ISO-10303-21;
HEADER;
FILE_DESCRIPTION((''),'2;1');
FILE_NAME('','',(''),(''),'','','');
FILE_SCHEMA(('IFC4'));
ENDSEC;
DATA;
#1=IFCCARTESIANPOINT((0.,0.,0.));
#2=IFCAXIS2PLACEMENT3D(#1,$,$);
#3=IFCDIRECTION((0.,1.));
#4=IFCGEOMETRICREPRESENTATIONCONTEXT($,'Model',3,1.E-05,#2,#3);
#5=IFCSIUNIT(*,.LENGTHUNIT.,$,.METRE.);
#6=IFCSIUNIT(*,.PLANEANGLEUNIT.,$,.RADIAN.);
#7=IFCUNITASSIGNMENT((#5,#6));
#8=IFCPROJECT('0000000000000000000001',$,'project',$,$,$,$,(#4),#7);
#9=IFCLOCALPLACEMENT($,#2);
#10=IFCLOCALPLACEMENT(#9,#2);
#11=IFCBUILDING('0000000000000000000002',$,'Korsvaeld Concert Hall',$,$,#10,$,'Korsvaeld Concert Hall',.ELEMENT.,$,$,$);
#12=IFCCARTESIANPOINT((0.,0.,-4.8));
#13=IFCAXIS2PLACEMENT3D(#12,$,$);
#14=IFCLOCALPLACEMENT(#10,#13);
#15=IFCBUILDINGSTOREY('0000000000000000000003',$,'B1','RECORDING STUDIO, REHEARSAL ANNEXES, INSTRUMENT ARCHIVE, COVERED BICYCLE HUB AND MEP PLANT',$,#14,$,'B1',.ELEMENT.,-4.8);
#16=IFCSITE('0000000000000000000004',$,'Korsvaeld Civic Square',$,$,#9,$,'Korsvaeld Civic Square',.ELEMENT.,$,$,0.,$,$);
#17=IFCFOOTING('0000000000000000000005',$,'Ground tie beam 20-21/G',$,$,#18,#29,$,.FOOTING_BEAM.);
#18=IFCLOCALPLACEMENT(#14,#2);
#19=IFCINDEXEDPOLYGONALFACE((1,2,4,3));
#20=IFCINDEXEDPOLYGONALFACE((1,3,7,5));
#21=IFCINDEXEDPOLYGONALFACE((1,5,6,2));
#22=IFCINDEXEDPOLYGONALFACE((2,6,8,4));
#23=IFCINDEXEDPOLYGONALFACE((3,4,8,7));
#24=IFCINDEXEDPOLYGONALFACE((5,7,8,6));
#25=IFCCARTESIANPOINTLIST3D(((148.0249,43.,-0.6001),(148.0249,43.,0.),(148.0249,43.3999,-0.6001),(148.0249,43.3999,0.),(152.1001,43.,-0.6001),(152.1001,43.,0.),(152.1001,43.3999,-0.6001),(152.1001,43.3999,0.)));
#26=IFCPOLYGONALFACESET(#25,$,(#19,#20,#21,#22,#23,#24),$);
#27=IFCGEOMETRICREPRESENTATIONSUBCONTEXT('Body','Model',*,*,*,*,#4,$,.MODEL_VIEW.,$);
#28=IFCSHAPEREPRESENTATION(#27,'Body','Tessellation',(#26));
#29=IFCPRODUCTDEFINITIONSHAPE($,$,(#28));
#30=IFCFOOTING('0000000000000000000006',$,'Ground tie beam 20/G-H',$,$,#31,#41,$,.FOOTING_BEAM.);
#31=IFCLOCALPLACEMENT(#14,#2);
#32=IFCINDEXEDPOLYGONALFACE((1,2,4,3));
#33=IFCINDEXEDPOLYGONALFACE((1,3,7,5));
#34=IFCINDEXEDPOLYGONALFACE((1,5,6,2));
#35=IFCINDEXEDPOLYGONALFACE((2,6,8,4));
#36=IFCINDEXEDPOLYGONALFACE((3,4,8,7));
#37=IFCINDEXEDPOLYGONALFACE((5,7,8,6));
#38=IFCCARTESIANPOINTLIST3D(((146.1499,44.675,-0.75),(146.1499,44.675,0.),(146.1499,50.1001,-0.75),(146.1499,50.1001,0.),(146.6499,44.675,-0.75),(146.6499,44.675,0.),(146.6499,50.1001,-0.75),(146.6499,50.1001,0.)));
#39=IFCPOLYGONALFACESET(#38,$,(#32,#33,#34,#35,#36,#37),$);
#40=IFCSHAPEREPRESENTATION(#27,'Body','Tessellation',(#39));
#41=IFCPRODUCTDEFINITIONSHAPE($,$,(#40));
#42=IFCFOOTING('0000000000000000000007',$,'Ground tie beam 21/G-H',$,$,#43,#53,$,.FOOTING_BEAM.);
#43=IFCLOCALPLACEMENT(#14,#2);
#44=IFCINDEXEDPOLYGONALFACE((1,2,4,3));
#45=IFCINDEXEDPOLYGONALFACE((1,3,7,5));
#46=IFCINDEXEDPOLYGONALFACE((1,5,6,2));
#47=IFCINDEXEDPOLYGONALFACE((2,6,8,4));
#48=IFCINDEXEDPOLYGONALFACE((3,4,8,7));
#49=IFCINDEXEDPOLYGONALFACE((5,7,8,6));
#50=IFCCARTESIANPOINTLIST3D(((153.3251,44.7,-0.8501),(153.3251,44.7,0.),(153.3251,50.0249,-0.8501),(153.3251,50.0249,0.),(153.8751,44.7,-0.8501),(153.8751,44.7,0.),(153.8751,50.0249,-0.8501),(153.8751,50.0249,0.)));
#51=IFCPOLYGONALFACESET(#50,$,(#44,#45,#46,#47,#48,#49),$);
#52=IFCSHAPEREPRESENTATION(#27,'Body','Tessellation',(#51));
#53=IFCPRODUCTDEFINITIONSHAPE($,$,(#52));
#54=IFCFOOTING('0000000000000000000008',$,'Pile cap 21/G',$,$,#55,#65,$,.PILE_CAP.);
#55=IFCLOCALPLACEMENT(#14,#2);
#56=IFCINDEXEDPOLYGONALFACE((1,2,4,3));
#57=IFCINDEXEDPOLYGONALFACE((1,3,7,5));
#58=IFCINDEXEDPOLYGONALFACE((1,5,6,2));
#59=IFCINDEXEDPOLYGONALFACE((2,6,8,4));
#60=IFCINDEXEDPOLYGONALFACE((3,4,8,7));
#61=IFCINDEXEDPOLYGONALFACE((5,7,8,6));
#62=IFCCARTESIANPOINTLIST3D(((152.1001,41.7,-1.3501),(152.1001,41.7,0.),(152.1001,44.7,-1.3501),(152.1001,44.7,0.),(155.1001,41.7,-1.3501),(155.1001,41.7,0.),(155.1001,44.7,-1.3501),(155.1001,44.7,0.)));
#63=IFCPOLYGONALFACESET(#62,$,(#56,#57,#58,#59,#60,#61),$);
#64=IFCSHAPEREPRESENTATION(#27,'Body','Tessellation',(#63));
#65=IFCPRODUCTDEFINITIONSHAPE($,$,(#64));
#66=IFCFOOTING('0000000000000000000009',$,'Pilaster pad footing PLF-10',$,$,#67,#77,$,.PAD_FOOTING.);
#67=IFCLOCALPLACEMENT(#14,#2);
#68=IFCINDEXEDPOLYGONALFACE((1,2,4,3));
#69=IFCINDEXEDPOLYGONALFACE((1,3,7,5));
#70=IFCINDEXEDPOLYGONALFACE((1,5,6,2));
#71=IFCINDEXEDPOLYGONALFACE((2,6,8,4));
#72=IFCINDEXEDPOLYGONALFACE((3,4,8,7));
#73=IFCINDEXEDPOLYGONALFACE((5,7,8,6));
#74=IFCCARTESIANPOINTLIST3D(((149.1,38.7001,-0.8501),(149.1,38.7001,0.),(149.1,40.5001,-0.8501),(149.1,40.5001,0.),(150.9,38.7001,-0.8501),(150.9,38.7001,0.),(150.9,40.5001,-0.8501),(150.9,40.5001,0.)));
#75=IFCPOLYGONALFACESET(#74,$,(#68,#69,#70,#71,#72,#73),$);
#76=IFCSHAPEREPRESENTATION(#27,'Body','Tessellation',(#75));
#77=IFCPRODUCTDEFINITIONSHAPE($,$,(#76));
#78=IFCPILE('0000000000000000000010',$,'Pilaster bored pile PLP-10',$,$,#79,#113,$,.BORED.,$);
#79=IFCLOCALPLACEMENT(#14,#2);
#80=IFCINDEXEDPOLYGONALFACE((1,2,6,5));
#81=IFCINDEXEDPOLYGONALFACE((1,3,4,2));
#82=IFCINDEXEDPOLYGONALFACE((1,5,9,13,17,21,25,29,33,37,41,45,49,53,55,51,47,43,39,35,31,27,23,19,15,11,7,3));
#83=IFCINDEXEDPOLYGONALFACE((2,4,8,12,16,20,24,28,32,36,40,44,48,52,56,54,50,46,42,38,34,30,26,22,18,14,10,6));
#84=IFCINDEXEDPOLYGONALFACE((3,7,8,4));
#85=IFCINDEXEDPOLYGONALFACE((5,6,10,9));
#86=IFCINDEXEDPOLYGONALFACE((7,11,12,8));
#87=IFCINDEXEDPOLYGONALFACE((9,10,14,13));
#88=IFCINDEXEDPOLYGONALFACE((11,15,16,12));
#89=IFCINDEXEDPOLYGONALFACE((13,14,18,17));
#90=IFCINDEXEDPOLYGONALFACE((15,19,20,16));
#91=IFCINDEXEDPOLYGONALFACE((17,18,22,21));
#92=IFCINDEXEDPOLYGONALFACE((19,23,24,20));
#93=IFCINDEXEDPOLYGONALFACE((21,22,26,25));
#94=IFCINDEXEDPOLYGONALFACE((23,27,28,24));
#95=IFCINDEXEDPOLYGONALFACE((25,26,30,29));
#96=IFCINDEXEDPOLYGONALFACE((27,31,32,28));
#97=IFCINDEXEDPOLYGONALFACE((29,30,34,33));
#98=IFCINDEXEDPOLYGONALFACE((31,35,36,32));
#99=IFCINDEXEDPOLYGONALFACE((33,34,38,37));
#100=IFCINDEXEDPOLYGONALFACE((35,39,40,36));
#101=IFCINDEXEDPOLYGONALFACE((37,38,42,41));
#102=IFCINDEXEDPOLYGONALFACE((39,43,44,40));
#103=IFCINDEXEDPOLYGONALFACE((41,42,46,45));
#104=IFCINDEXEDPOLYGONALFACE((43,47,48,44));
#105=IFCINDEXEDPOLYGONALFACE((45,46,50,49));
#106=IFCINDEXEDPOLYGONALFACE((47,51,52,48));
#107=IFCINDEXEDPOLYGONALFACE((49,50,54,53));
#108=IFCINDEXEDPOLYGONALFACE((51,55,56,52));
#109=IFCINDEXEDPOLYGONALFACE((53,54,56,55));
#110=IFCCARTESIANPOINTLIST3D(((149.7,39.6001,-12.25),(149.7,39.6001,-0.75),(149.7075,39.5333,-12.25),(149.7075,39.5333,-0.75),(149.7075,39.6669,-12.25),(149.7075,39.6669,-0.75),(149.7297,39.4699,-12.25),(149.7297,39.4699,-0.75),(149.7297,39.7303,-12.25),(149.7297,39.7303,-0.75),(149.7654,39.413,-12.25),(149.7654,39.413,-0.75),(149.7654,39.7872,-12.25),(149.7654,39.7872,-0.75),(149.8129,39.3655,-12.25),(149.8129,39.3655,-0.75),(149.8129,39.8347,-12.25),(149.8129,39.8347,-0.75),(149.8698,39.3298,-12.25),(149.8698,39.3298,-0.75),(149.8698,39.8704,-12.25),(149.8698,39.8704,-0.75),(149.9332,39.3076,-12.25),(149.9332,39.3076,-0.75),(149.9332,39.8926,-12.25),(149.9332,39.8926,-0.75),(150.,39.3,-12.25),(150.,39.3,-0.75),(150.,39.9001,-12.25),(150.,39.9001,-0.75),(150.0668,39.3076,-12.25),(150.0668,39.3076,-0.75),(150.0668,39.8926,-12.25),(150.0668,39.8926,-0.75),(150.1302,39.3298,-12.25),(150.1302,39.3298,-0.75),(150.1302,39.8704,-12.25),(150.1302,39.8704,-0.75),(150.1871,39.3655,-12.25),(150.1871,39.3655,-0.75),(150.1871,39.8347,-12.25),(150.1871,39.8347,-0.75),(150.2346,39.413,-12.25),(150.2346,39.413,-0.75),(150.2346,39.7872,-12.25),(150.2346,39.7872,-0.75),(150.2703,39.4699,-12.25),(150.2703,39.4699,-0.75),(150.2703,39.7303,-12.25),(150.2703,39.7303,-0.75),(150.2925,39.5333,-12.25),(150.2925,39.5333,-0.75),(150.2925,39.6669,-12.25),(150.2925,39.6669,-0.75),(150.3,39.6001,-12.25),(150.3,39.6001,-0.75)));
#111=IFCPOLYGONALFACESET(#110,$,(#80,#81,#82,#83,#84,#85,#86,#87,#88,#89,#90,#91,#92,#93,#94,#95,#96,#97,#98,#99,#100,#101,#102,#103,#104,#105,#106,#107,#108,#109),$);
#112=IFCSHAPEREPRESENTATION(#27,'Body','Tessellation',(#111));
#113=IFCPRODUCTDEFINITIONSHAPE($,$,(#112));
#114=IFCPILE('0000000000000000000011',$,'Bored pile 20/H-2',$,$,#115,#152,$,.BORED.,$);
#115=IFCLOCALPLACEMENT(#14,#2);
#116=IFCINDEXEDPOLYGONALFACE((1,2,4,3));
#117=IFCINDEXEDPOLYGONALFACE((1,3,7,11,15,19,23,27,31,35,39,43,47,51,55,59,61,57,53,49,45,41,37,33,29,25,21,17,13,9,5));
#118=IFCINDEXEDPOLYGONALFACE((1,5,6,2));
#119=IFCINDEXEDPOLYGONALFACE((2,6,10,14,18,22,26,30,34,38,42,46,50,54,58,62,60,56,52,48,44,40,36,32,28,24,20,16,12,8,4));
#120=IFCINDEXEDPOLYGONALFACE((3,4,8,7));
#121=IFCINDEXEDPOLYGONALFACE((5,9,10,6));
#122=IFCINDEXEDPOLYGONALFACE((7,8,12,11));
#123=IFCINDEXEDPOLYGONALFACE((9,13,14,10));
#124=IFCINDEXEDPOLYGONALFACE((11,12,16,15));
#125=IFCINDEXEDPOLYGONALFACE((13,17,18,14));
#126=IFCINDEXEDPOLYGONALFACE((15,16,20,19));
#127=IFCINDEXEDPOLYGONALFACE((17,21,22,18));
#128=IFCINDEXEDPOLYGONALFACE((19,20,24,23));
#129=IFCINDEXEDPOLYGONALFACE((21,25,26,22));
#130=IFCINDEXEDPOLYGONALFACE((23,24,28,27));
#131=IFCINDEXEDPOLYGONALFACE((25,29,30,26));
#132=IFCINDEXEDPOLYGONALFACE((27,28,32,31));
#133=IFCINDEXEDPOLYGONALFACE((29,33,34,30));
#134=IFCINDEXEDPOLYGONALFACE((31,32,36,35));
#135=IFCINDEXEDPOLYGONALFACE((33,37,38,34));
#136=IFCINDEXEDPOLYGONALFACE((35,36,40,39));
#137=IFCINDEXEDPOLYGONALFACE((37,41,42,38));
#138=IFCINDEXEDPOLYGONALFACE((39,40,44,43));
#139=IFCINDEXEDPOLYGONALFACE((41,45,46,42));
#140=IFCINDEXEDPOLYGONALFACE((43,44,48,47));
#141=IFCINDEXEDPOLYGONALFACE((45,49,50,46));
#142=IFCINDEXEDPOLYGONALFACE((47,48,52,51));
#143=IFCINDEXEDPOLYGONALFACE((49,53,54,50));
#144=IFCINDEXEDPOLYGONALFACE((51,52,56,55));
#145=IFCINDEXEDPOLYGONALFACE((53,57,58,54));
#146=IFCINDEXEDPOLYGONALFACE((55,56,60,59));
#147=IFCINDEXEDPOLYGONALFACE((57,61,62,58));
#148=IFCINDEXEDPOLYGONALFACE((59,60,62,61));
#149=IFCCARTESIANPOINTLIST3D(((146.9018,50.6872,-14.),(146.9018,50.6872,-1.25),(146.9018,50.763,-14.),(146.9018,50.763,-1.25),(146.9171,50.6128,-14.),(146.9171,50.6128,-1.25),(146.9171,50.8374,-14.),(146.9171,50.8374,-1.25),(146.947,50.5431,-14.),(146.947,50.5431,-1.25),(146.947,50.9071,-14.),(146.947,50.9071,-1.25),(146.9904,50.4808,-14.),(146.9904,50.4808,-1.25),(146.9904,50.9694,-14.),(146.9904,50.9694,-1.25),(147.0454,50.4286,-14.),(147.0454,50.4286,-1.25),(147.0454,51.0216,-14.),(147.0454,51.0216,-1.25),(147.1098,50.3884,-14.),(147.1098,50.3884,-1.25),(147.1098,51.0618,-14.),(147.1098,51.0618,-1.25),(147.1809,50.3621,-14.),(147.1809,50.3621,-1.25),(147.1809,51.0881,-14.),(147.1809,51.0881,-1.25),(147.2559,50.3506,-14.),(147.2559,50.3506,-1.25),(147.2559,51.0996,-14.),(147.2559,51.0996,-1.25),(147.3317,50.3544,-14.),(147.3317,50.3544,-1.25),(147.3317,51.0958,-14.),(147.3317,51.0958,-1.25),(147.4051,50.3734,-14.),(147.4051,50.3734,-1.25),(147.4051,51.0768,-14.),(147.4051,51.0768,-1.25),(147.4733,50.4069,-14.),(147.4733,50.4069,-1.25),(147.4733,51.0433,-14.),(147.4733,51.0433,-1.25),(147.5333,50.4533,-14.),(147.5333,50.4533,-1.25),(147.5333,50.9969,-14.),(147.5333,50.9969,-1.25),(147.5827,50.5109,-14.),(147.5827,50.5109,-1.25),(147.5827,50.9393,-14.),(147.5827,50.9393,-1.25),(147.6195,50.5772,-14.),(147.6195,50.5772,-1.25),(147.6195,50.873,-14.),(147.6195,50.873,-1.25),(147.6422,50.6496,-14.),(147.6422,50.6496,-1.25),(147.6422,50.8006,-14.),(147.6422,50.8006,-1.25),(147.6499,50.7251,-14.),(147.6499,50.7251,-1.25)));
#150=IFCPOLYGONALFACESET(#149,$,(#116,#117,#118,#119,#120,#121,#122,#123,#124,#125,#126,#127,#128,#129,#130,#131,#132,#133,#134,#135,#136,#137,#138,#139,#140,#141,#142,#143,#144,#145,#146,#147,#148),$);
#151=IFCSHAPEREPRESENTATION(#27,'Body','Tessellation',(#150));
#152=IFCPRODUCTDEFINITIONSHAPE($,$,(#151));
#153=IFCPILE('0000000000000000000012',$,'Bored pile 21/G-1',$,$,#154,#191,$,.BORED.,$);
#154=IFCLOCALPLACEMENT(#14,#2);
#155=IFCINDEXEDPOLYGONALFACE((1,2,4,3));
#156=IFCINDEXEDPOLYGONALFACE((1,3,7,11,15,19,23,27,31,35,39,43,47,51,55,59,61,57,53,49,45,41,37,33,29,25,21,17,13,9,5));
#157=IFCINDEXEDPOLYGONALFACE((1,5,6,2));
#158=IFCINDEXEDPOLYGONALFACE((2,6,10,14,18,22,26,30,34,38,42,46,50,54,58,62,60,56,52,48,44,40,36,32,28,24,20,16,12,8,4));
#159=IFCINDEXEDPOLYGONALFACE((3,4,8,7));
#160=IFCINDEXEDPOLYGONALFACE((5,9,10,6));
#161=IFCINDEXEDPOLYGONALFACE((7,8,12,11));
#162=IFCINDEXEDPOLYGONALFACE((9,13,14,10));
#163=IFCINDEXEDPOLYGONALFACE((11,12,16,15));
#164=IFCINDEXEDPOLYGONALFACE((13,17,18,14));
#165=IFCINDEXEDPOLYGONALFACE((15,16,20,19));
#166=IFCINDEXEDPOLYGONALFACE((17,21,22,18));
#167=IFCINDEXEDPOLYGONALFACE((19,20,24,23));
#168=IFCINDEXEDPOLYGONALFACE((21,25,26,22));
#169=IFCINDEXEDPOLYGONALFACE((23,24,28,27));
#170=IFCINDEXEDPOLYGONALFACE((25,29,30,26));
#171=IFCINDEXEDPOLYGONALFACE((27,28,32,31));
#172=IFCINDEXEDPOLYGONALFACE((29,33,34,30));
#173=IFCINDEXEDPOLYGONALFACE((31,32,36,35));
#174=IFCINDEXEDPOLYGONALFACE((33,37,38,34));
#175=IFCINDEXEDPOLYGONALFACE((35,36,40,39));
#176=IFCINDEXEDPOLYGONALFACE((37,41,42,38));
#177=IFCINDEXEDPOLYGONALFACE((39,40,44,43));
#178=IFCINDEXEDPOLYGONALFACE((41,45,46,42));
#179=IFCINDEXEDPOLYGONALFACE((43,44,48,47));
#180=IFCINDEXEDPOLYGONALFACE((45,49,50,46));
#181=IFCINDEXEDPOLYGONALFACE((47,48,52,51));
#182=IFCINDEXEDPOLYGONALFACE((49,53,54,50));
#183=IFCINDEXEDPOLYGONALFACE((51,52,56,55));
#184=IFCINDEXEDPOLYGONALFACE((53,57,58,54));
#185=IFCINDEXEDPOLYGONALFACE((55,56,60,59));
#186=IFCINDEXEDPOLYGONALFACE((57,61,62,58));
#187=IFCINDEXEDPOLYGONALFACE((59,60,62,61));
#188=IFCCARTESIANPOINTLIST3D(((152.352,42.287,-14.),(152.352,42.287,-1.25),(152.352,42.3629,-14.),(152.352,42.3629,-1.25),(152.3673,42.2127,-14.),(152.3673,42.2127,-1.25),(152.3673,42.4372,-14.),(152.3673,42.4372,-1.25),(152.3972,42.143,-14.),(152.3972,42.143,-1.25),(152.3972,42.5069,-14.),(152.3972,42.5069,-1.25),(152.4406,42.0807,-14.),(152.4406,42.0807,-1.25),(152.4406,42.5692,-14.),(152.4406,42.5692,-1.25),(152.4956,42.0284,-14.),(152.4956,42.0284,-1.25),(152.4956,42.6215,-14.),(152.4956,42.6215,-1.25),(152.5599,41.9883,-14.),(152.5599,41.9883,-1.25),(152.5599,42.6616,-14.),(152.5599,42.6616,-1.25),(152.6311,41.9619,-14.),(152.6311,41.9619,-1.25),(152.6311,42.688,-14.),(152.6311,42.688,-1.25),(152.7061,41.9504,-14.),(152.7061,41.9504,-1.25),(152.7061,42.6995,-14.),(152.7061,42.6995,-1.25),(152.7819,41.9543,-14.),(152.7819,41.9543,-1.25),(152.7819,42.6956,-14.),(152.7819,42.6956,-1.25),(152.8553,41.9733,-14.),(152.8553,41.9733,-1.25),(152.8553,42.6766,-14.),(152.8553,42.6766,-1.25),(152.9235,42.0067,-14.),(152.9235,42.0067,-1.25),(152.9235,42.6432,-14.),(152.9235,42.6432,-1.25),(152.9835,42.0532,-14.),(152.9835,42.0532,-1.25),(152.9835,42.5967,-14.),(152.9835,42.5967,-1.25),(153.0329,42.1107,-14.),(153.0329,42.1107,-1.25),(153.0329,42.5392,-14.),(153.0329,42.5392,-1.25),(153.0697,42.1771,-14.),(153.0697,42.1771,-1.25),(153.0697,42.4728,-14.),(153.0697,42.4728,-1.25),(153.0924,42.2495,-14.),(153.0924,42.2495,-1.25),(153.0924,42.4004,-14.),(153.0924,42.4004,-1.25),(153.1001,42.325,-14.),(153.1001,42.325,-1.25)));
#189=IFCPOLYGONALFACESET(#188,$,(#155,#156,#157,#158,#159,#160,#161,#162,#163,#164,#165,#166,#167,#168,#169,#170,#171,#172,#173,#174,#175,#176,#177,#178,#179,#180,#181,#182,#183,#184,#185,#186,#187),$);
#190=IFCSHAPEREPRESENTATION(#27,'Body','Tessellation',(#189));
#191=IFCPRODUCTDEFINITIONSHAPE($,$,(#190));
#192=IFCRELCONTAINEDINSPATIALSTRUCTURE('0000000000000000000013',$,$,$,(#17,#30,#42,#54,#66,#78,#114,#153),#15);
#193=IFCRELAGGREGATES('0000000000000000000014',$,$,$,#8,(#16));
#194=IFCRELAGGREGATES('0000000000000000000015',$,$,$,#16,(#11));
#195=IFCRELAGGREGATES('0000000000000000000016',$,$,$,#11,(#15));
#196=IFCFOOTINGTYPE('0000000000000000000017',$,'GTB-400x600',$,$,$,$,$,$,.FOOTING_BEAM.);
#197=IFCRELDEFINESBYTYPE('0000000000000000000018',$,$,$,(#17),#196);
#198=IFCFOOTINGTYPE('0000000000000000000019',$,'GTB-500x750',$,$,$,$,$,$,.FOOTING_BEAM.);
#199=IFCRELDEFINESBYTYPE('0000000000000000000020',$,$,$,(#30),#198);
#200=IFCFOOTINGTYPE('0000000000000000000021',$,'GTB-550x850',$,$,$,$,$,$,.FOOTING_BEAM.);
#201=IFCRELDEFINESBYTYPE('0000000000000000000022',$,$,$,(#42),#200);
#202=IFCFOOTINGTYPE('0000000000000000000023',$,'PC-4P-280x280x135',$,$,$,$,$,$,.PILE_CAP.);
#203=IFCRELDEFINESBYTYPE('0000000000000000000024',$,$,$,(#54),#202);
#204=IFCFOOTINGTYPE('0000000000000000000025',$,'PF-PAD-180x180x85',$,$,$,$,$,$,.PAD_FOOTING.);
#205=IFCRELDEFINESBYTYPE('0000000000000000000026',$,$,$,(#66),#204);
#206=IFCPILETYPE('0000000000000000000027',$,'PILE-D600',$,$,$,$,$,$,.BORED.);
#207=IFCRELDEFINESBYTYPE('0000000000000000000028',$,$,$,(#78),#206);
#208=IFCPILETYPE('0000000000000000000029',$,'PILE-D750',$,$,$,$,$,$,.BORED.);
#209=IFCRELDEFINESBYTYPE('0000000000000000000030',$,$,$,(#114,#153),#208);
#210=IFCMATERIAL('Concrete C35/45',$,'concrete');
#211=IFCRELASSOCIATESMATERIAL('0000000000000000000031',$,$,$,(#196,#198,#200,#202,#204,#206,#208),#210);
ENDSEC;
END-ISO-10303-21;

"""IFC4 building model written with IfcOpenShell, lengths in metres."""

from ifc_helpers import new_model, si_unit, direction, frame, origin, origin_2d, place, context, subcontext, project, spatial, rectangle, circle, extrude, material, material_profile, profile_set, type_object, element, save


model = new_model("IFC4")

# Units and contexts
model_context = context("Model", 3, precision=1e-05, world=origin(), true_north=direction((0.0, 1.0)))
body_context = subcontext(model_context, "Body", "Model", "MODEL_VIEW")
ifc_project = project(units=[si_unit("LENGTHUNIT", "METRE"), si_unit("PLANEANGLEUNIT", "RADIAN")], contexts=[model_context])

# Site, building, storey
site_placement = place(None, origin())
site = spatial("IfcSite", under=ifc_project, at=site_placement, Name="Korsvaeld Civic Square", LongName="Korsvaeld Civic Square", CompositionType="ELEMENT", RefElevation=0.0)
building_placement = place(site_placement, origin())
building = spatial("IfcBuilding", under=site, at=building_placement, Name="Korsvaeld Concert Hall", LongName="Korsvaeld Concert Hall", CompositionType="ELEMENT")
storey_placement = place(building_placement, frame((0.0, 0.0, -4.8)))
storey = spatial("IfcBuildingStorey", under=building, at=storey_placement, Name="B1", Description="RECORDING STUDIO, REHEARSAL ANNEXES, INSTRUMENT ARCHIVE, COVERED BICYCLE HUB AND MEP PLANT", LongName="B1", CompositionType="ELEMENT", Elevation=-4.8)

# Footings
ifc_material_1 = material(Name="Concrete C35/45", Category="concrete")
ifc_material_profile_1 = material_profile(ifc_material_1, rectangle(XDim=0.3999, YDim=0.6001, at=origin_2d()), Name="GTB 400x600")
ifc_profile_set_1 = profile_set([ifc_material_profile_1], Name="Concrete C35/45")
footing_type_1 = type_object("IfcFootingType", Name="GTB-400x600", PredefinedType="FOOTING_BEAM", material=ifc_profile_set_1)
footing_1_placement = place(storey_placement, frame((148.0249, 43.2, -0.3), z_axis=(1.0, 0.0, 0.0), x_axis=(0.0, 1.0, 0.0)))
element("IfcFooting", 1, at=footing_1_placement, inside=storey, type_object=footing_type_1, Name="Ground tie beam 20-21/G", PredefinedType="FOOTING_BEAM", context=body_context, shape_type="SweptSolid", body=[
    extrude(rectangle(XDim=0.3999, YDim=0.6001, at=origin_2d()), origin(), (0.0, 0.0, 1.0), 4.0752),
])
ifc_material_profile_2 = material_profile(ifc_material_1, rectangle(XDim=0.5, YDim=0.75, at=origin_2d()), Name="GTB 500x750")
ifc_profile_set_2 = profile_set([ifc_material_profile_2], Name="Concrete C35/45")
footing_type_2 = type_object("IfcFootingType", Name="GTB-500x750", PredefinedType="FOOTING_BEAM", material=ifc_profile_set_2)
footing_2_placement = place(storey_placement, frame((146.3999, 44.675, -0.375), z_axis=(0.0, 1.0, 0.0), x_axis=(-1.0, 0.0, 0.0)))
element("IfcFooting", 2, at=footing_2_placement, inside=storey, type_object=footing_type_2, Name="Ground tie beam 20/G-H", PredefinedType="FOOTING_BEAM", context=body_context, shape_type="SweptSolid", body=[
    extrude(rectangle(XDim=0.5, YDim=0.75, at=origin_2d()), origin(), (0.0, 0.0, 1.0), 5.425),
])
ifc_material_profile_3 = material_profile(ifc_material_1, rectangle(XDim=0.55, YDim=0.8501, at=origin_2d()), Name="GTB 550x850")
ifc_profile_set_3 = profile_set([ifc_material_profile_3], Name="Concrete C35/45")
footing_type_3 = type_object("IfcFootingType", Name="GTB-550x850", PredefinedType="FOOTING_BEAM", material=ifc_profile_set_3)
footing_3_placement = place(storey_placement, frame((153.6001, 44.7, -0.425), z_axis=(0.0, 1.0, 0.0), x_axis=(-1.0, 0.0, 0.0)))
element("IfcFooting", 3, at=footing_3_placement, inside=storey, type_object=footing_type_3, Name="Ground tie beam 21/G-H", PredefinedType="FOOTING_BEAM", context=body_context, shape_type="SweptSolid", body=[
    extrude(rectangle(XDim=0.55, YDim=0.8501, at=origin_2d()), origin(), (0.0, 0.0, 1.0), 5.325),
])
footing_type_4 = type_object("IfcFootingType", Name="PC-4P-280x280x135", PredefinedType="PILE_CAP", material=ifc_material_1)
footing_4_placement = place(storey_placement, frame((153.6001, 43.2, -1.3501), z_axis=(0.0, 0.0, 1.0), x_axis=(1.0, 0.0, 0.0)))
element("IfcFooting", 4, at=footing_4_placement, inside=storey, type_object=footing_type_4, Name="Pile cap 21/G", PredefinedType="PILE_CAP", context=body_context, shape_type="SweptSolid", body=[
    extrude(rectangle(XDim=3.0, YDim=3.0, at=origin_2d()), origin(), (0.0, 0.0, 1.0), 1.3501),
])
footing_type_5 = type_object("IfcFootingType", Name="PF-PAD-180x180x85", PredefinedType="PAD_FOOTING", material=ifc_material_1)
footing_5_placement = place(storey_placement, frame((150.0, 39.6001, -0.8501), z_axis=(0.0, 0.0, 1.0), x_axis=(1.0, 0.0, 0.0)))
element("IfcFooting", 5, at=footing_5_placement, inside=storey, type_object=footing_type_5, Name="Pilaster pad footing PLF-10", PredefinedType="PAD_FOOTING", context=body_context, shape_type="SweptSolid", body=[
    extrude(rectangle(XDim=1.8, YDim=1.8, at=origin_2d()), origin(), (0.0, 0.0, 1.0), 0.8501),
])

# Piles
ifc_material_profile_4 = material_profile(ifc_material_1, circle(Radius=0.3, at=origin_2d()), Name="BORED PILE D600")
ifc_profile_set_4 = profile_set([ifc_material_profile_4], Name="Concrete C35/45")
pile_type_1 = type_object("IfcPileType", Name="PILE-D600", PredefinedType="BORED", material=ifc_profile_set_4)
pile_placement = place(storey_placement, frame((150.0, 39.6001, -0.75), z_axis=(0.0, 0.0, -1.0), x_axis=(1.0, 0.0, 0.0)))
element("IfcPile", 6, at=pile_placement, inside=storey, type_object=pile_type_1, Name="Pilaster bored pile PLP-10", PredefinedType="BORED", context=body_context, shape_type="SweptSolid", body=[
    extrude(circle(Radius=0.3, at=origin_2d()), origin(), (0.0, 0.0, 1.0), 11.5),
])
ifc_material_profile_5 = material_profile(ifc_material_1, circle(Radius=0.375, at=origin_2d()), Name="BORED PILE D750")
ifc_profile_set_5 = profile_set([ifc_material_profile_5], Name="Concrete C35/45")
pile_type_2 = type_object("IfcPileType", Name="PILE-D750", PredefinedType="BORED", material=ifc_profile_set_5)
for number, where, z_axis, x_axis, name in (
    (7, (147.2749, 50.7251, -1.25), (0.0, 0.0, -1.0), (1.0, 0.0, 0.0), "Bored pile 20/H-2"),
    (8, (152.7251, 42.325, -1.25), (0.0, 0.0, -1.0), (1.0, 0.0, 0.0), "Bored pile 21/G-1"),
):
    element("IfcPile", number, at=place(storey_placement, frame(where, z_axis=z_axis, x_axis=x_axis)), inside=storey, type_object=pile_type_2, Name=name, PredefinedType="BORED", context=body_context, shape_type="SweptSolid", body=[
        extrude(circle(Radius=0.375, at=origin_2d()), origin(), (0.0, 0.0, 1.0), 12.75),
    ])

save(model, "model.ifc")
